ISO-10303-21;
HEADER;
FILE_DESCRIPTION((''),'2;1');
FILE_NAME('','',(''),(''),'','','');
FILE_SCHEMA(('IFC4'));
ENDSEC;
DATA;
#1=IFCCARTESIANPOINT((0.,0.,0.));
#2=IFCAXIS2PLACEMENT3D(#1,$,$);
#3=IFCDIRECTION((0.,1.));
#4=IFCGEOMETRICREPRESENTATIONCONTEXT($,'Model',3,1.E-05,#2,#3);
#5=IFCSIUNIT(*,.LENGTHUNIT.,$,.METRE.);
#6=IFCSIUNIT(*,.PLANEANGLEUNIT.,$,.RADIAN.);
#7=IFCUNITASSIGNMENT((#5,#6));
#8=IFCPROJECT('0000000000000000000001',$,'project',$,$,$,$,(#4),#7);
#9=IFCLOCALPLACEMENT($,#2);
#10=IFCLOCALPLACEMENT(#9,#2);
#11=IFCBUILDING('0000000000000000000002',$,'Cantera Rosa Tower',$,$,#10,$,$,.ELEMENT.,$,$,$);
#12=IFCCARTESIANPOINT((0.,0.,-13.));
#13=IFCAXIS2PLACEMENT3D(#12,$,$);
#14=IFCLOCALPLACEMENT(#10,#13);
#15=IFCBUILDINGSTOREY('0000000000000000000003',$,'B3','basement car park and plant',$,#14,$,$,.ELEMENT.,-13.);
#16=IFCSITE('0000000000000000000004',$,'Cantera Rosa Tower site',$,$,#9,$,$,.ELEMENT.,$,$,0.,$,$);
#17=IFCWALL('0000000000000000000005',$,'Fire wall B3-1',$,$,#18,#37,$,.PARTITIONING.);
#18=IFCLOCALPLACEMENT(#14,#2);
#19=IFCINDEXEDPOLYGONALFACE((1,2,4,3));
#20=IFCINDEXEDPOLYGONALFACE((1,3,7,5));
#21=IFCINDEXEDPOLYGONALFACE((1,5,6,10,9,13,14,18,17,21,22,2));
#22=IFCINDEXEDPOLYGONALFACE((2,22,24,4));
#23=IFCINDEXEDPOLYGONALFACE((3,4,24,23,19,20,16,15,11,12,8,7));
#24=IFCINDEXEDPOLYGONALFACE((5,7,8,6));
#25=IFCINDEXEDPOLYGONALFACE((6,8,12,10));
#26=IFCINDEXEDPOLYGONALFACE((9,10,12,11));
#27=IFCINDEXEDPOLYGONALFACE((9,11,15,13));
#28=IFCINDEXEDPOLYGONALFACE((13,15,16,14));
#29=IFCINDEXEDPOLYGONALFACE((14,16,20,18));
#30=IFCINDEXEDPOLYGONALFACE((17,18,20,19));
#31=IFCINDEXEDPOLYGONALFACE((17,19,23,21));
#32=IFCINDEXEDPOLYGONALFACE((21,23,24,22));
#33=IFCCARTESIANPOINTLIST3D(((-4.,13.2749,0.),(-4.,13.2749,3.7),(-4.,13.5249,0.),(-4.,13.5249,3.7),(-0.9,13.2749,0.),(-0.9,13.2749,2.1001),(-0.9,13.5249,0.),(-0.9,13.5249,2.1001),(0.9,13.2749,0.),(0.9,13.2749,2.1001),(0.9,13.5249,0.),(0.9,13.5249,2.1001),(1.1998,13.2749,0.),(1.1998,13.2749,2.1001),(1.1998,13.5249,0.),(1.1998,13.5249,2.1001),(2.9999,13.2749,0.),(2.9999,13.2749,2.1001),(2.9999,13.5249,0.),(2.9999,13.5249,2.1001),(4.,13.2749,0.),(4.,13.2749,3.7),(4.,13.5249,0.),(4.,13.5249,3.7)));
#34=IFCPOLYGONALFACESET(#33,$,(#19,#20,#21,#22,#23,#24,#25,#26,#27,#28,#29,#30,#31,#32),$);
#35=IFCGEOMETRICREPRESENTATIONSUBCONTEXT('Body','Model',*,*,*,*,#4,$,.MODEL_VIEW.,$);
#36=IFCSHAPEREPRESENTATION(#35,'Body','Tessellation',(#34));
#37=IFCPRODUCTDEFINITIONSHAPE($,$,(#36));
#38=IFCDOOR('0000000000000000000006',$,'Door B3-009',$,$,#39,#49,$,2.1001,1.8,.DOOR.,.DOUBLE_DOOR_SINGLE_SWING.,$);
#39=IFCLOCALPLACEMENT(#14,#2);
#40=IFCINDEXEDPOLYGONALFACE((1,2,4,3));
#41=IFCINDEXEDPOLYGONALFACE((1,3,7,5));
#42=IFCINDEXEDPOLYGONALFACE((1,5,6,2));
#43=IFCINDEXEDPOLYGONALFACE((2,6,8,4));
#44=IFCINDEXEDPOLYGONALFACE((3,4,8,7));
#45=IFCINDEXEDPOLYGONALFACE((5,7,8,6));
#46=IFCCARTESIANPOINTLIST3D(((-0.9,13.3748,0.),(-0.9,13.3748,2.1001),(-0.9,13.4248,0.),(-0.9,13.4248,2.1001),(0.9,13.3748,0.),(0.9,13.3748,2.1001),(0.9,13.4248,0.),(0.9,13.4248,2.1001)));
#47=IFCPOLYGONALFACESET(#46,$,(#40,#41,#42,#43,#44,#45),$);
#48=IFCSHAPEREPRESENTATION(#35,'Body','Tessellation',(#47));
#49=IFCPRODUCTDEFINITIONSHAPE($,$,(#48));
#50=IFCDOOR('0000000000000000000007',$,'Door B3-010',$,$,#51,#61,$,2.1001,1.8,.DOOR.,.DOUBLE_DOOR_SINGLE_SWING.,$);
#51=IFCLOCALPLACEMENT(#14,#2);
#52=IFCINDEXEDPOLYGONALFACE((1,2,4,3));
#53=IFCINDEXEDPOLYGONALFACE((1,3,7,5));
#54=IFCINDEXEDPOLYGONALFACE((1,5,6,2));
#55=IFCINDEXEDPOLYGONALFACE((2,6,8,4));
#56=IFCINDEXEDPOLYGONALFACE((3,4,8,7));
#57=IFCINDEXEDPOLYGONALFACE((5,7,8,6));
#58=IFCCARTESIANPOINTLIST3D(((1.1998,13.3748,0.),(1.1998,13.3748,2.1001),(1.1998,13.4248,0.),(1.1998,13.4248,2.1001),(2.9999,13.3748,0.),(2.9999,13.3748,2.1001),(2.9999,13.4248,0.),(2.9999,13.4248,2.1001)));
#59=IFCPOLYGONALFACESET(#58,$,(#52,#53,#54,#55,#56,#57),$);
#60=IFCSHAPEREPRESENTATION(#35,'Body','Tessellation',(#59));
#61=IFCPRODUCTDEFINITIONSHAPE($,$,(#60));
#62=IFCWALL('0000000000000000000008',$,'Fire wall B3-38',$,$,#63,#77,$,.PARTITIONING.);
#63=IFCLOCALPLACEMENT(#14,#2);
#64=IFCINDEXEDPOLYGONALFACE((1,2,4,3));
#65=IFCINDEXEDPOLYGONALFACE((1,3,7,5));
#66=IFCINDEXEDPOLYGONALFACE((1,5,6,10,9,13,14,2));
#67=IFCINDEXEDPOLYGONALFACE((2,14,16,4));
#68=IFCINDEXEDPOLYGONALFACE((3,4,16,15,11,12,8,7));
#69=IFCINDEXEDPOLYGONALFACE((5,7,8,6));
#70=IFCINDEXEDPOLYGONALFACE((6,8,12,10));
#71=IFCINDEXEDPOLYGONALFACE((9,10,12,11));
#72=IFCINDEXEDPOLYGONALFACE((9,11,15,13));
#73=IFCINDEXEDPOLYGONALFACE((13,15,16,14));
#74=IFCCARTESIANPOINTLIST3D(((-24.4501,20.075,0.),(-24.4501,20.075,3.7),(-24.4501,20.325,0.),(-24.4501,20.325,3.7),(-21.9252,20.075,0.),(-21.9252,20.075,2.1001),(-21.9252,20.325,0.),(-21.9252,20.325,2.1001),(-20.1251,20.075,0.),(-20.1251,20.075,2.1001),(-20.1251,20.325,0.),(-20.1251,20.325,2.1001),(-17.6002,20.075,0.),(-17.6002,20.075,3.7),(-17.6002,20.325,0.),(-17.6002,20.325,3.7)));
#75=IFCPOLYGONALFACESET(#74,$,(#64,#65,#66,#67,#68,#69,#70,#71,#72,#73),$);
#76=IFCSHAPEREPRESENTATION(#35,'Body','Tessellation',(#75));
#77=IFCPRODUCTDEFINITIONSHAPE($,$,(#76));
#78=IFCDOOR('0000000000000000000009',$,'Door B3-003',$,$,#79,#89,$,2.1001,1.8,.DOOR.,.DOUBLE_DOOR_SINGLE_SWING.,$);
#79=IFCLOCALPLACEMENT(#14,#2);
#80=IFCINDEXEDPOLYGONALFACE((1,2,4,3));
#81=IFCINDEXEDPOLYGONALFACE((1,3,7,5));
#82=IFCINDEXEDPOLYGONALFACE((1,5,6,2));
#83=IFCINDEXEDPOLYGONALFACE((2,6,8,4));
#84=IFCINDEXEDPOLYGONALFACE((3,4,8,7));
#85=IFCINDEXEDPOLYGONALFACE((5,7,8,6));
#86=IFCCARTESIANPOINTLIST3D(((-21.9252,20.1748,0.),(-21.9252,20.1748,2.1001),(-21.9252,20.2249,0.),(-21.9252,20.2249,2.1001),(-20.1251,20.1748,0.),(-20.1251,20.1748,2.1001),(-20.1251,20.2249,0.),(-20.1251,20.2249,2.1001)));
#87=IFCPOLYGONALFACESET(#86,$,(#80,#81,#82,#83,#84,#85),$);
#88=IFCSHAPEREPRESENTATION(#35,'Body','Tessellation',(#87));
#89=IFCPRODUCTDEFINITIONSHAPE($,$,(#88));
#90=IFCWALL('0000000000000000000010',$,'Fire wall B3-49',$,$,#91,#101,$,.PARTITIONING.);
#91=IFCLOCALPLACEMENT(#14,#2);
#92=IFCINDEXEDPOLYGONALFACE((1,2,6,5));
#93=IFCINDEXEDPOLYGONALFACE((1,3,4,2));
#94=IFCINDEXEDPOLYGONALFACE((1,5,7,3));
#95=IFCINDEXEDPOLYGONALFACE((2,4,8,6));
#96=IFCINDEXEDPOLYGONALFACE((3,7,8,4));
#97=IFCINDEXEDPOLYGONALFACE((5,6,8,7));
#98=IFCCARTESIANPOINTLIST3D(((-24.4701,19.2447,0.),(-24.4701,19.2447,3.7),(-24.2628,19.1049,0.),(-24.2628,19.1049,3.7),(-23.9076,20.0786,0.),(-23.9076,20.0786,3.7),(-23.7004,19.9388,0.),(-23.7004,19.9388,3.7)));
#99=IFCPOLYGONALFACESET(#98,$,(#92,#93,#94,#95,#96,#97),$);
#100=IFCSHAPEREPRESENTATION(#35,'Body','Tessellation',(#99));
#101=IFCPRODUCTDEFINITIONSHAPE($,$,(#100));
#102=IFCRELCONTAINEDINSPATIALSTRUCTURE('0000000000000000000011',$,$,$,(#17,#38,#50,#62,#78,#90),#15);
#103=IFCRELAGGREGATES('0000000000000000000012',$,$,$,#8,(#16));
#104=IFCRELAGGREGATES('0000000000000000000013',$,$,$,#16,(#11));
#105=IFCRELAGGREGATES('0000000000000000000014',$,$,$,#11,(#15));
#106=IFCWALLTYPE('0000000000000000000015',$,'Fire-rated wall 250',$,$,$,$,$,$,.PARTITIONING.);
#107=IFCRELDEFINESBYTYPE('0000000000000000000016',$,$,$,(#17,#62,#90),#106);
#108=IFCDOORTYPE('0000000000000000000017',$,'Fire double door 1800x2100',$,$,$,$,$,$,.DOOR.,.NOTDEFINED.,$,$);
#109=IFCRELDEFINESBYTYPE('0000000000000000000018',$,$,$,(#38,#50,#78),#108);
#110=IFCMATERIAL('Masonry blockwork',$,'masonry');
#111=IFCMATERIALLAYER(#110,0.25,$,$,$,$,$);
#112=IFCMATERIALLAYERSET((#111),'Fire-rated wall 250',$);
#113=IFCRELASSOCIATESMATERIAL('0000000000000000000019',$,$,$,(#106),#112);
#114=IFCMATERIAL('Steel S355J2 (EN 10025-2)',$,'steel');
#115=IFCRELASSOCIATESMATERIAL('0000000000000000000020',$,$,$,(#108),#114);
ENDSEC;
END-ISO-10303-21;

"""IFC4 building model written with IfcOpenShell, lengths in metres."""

from ifc_helpers import new_model, si_unit, direction, frame, frame_2d, origin, place, context, subcontext, project, spatial, rectangle, extrude, material, layer, layer_set, type_object, element, fill, save


model = new_model("IFC4")

# Units and contexts
model_context = context("Model", 3, precision=1e-05, world=origin(), true_north=direction((0.0, 1.0)))
body_context = subcontext(model_context, "Body", "Model", "MODEL_VIEW")
ifc_project = project(units=[si_unit("LENGTHUNIT", "METRE"), si_unit("PLANEANGLEUNIT", "RADIAN")], contexts=[model_context])

# Site, building, storey
site_placement = place(None, origin())
site = spatial("IfcSite", under=ifc_project, at=site_placement, Name="Cantera Rosa Tower site", CompositionType="ELEMENT", RefElevation=0.0)
building_placement = place(site_placement, origin())
building = spatial("IfcBuilding", under=site, at=building_placement, Name="Cantera Rosa Tower", CompositionType="ELEMENT")
storey_placement = place(building_placement, frame((0.0, 0.0, -13.0)))
storey = spatial("IfcBuildingStorey", under=building, at=storey_placement, Name="B3", Description="basement car park and plant", CompositionType="ELEMENT", Elevation=-13.0)

# Wall, openings, doors
ifc_material_1 = material(Name="Masonry blockwork", Category="masonry")
ifc_layer_1 = layer(ifc_material_1, 0.25)
ifc_layer_set_1 = layer_set([ifc_layer_1], Name="Fire-rated wall 250")
wall_type_1 = type_object("IfcWallType", Name="Fire-rated wall 250", PredefinedType="PARTITIONING", material=ifc_layer_set_1)
wall_1_placement = place(storey_placement, frame((-4.0, 13.3999, 0.0), z_axis=(0.0, 0.0, 1.0), x_axis=(1.0, 0.0, 0.0)))
wall_1 = element("IfcWall", 1, at=wall_1_placement, inside=storey, type_object=wall_type_1, Name="Fire wall B3-1", PredefinedType="PARTITIONING", context=body_context, shape_type="SweptSolid", body=[
    extrude(rectangle(XDim=8.0, YDim=0.25, at=frame_2d((4.0, 0.0))), origin(), (0.0, 0.0, 1.0), 3.7),
])
opening_1_placement = place(wall_1_placement, frame((3.1001, 0.0, 0.0)))
opening_1 = element("IfcOpeningElement", 2, at=opening_1_placement, cuts=wall_1, PredefinedType="OPENING", context=body_context, shape_type="SweptSolid", body=[
    extrude(rectangle(XDim=1.8, YDim=2.1001, at=frame_2d((0.8999, 1.05))), frame((0.0, 0.135, 0.0), z_axis=(0.0, -1.0, 0.0), x_axis=(1.0, 0.0, 0.0)), (0.0, 0.0, 1.0), 0.27),
])
opening_2_placement = place(wall_1_placement, frame((5.2, 0.0, 0.0)))
opening_2 = element("IfcOpeningElement", 3, at=opening_2_placement, cuts=wall_1, PredefinedType="OPENING", context=body_context, shape_type="SweptSolid", body=[
    extrude(rectangle(XDim=1.8, YDim=2.1001, at=frame_2d((0.8999, 1.05))), frame((0.0, 0.135, 0.0), z_axis=(0.0, -1.0, 0.0), x_axis=(1.0, 0.0, 0.0)), (0.0, 0.0, 1.0), 0.27),
])
ifc_material_2 = material(Name="Steel S355J2 (EN 10025-2)", Category="steel")
door_type = type_object("IfcDoorType", Name="Fire double door 1800x2100", OperationType="NOTDEFINED", PredefinedType="DOOR", material=ifc_material_2)
door_1_placement = place(opening_1_placement, origin())
door_1 = element("IfcDoor", 4, at=door_1_placement, inside=storey, type_object=door_type, Name="Door B3-009", OperationType="DOUBLE_DOOR_SINGLE_SWING", OverallHeight=2.1001, OverallWidth=1.8, PredefinedType="DOOR", context=body_context, shape_type="SweptSolid", body=[
    extrude(rectangle(XDim=1.8, YDim=2.1001, at=frame_2d((0.8999, 1.05))), frame((0.0, 0.0249, 0.0), z_axis=(0.0, -1.0, 0.0), x_axis=(1.0, 0.0, 0.0)), (0.0, 0.0, 1.0), 0.05),
])
fill(opening_1, door_1)
door_2_placement = place(opening_2_placement, origin())
door_2 = element("IfcDoor", 5, at=door_2_placement, inside=storey, type_object=door_type, Name="Door B3-010", OperationType="DOUBLE_DOOR_SINGLE_SWING", OverallHeight=2.1001, OverallWidth=1.8, PredefinedType="DOOR", context=body_context, shape_type="SweptSolid", body=[
    extrude(rectangle(XDim=1.8, YDim=2.1001, at=frame_2d((0.8999, 1.05))), frame((0.0, 0.0249, 0.0), z_axis=(0.0, -1.0, 0.0), x_axis=(1.0, 0.0, 0.0)), (0.0, 0.0, 1.0), 0.05),
])
fill(opening_2, door_2)

# Wall, opening, door
wall_2_placement = place(storey_placement, frame((-24.45, 20.2, 0.0), z_axis=(0.0, 0.0, 1.0), x_axis=(1.0, 0.0, 0.0)))
wall_2 = element("IfcWall", 6, at=wall_2_placement, inside=storey, type_object=wall_type_1, Name="Fire wall B3-38", PredefinedType="PARTITIONING", context=body_context, shape_type="SweptSolid", body=[
    extrude(rectangle(XDim=6.8499, YDim=0.25, at=frame_2d((3.4248, 0.0))), origin(), (0.0, 0.0, 1.0), 3.7),
])
opening_3_placement = place(wall_2_placement, frame((2.5249, 0.0, 0.0)))
opening_3 = element("IfcOpeningElement", 7, at=opening_3_placement, cuts=wall_2, PredefinedType="OPENING", context=body_context, shape_type="SweptSolid", body=[
    extrude(rectangle(XDim=1.8, YDim=2.1001, at=frame_2d((0.8999, 1.05))), frame((0.0, 0.135, 0.0), z_axis=(0.0, -1.0, 0.0), x_axis=(1.0, 0.0, 0.0)), (0.0, 0.0, 1.0), 0.27),
])
door_3_placement = place(opening_3_placement, origin())
door_3 = element("IfcDoor", 8, at=door_3_placement, inside=storey, type_object=door_type, Name="Door B3-003", OperationType="DOUBLE_DOOR_SINGLE_SWING", OverallHeight=2.1001, OverallWidth=1.8, PredefinedType="DOOR", context=body_context, shape_type="SweptSolid", body=[
    extrude(rectangle(XDim=1.8, YDim=2.1001, at=frame_2d((0.8999, 1.05))), frame((0.0, 0.0249, 0.0), z_axis=(0.0, -1.0, 0.0), x_axis=(1.0, 0.0, 0.0)), (0.0, 0.0, 1.0), 0.05),
])
fill(opening_3, door_3)

# Wall
wall_3_placement = place(storey_placement, frame((-24.3665, 19.1748, 0.0), z_axis=(0.0, 0.0, 1.0), x_axis=(0.559173, 0.829051, 0.0)))
element("IfcWall", 9, at=wall_3_placement, inside=storey, type_object=wall_type_1, Name="Fire wall B3-49", PredefinedType="PARTITIONING", context=body_context, shape_type="SweptSolid", body=[
    extrude(rectangle(XDim=1.0059, YDim=0.25, at=frame_2d((0.5029, 0.0))), origin(), (0.0, 0.0, 1.0), 3.7),
])

save(model, "model.ifc")
